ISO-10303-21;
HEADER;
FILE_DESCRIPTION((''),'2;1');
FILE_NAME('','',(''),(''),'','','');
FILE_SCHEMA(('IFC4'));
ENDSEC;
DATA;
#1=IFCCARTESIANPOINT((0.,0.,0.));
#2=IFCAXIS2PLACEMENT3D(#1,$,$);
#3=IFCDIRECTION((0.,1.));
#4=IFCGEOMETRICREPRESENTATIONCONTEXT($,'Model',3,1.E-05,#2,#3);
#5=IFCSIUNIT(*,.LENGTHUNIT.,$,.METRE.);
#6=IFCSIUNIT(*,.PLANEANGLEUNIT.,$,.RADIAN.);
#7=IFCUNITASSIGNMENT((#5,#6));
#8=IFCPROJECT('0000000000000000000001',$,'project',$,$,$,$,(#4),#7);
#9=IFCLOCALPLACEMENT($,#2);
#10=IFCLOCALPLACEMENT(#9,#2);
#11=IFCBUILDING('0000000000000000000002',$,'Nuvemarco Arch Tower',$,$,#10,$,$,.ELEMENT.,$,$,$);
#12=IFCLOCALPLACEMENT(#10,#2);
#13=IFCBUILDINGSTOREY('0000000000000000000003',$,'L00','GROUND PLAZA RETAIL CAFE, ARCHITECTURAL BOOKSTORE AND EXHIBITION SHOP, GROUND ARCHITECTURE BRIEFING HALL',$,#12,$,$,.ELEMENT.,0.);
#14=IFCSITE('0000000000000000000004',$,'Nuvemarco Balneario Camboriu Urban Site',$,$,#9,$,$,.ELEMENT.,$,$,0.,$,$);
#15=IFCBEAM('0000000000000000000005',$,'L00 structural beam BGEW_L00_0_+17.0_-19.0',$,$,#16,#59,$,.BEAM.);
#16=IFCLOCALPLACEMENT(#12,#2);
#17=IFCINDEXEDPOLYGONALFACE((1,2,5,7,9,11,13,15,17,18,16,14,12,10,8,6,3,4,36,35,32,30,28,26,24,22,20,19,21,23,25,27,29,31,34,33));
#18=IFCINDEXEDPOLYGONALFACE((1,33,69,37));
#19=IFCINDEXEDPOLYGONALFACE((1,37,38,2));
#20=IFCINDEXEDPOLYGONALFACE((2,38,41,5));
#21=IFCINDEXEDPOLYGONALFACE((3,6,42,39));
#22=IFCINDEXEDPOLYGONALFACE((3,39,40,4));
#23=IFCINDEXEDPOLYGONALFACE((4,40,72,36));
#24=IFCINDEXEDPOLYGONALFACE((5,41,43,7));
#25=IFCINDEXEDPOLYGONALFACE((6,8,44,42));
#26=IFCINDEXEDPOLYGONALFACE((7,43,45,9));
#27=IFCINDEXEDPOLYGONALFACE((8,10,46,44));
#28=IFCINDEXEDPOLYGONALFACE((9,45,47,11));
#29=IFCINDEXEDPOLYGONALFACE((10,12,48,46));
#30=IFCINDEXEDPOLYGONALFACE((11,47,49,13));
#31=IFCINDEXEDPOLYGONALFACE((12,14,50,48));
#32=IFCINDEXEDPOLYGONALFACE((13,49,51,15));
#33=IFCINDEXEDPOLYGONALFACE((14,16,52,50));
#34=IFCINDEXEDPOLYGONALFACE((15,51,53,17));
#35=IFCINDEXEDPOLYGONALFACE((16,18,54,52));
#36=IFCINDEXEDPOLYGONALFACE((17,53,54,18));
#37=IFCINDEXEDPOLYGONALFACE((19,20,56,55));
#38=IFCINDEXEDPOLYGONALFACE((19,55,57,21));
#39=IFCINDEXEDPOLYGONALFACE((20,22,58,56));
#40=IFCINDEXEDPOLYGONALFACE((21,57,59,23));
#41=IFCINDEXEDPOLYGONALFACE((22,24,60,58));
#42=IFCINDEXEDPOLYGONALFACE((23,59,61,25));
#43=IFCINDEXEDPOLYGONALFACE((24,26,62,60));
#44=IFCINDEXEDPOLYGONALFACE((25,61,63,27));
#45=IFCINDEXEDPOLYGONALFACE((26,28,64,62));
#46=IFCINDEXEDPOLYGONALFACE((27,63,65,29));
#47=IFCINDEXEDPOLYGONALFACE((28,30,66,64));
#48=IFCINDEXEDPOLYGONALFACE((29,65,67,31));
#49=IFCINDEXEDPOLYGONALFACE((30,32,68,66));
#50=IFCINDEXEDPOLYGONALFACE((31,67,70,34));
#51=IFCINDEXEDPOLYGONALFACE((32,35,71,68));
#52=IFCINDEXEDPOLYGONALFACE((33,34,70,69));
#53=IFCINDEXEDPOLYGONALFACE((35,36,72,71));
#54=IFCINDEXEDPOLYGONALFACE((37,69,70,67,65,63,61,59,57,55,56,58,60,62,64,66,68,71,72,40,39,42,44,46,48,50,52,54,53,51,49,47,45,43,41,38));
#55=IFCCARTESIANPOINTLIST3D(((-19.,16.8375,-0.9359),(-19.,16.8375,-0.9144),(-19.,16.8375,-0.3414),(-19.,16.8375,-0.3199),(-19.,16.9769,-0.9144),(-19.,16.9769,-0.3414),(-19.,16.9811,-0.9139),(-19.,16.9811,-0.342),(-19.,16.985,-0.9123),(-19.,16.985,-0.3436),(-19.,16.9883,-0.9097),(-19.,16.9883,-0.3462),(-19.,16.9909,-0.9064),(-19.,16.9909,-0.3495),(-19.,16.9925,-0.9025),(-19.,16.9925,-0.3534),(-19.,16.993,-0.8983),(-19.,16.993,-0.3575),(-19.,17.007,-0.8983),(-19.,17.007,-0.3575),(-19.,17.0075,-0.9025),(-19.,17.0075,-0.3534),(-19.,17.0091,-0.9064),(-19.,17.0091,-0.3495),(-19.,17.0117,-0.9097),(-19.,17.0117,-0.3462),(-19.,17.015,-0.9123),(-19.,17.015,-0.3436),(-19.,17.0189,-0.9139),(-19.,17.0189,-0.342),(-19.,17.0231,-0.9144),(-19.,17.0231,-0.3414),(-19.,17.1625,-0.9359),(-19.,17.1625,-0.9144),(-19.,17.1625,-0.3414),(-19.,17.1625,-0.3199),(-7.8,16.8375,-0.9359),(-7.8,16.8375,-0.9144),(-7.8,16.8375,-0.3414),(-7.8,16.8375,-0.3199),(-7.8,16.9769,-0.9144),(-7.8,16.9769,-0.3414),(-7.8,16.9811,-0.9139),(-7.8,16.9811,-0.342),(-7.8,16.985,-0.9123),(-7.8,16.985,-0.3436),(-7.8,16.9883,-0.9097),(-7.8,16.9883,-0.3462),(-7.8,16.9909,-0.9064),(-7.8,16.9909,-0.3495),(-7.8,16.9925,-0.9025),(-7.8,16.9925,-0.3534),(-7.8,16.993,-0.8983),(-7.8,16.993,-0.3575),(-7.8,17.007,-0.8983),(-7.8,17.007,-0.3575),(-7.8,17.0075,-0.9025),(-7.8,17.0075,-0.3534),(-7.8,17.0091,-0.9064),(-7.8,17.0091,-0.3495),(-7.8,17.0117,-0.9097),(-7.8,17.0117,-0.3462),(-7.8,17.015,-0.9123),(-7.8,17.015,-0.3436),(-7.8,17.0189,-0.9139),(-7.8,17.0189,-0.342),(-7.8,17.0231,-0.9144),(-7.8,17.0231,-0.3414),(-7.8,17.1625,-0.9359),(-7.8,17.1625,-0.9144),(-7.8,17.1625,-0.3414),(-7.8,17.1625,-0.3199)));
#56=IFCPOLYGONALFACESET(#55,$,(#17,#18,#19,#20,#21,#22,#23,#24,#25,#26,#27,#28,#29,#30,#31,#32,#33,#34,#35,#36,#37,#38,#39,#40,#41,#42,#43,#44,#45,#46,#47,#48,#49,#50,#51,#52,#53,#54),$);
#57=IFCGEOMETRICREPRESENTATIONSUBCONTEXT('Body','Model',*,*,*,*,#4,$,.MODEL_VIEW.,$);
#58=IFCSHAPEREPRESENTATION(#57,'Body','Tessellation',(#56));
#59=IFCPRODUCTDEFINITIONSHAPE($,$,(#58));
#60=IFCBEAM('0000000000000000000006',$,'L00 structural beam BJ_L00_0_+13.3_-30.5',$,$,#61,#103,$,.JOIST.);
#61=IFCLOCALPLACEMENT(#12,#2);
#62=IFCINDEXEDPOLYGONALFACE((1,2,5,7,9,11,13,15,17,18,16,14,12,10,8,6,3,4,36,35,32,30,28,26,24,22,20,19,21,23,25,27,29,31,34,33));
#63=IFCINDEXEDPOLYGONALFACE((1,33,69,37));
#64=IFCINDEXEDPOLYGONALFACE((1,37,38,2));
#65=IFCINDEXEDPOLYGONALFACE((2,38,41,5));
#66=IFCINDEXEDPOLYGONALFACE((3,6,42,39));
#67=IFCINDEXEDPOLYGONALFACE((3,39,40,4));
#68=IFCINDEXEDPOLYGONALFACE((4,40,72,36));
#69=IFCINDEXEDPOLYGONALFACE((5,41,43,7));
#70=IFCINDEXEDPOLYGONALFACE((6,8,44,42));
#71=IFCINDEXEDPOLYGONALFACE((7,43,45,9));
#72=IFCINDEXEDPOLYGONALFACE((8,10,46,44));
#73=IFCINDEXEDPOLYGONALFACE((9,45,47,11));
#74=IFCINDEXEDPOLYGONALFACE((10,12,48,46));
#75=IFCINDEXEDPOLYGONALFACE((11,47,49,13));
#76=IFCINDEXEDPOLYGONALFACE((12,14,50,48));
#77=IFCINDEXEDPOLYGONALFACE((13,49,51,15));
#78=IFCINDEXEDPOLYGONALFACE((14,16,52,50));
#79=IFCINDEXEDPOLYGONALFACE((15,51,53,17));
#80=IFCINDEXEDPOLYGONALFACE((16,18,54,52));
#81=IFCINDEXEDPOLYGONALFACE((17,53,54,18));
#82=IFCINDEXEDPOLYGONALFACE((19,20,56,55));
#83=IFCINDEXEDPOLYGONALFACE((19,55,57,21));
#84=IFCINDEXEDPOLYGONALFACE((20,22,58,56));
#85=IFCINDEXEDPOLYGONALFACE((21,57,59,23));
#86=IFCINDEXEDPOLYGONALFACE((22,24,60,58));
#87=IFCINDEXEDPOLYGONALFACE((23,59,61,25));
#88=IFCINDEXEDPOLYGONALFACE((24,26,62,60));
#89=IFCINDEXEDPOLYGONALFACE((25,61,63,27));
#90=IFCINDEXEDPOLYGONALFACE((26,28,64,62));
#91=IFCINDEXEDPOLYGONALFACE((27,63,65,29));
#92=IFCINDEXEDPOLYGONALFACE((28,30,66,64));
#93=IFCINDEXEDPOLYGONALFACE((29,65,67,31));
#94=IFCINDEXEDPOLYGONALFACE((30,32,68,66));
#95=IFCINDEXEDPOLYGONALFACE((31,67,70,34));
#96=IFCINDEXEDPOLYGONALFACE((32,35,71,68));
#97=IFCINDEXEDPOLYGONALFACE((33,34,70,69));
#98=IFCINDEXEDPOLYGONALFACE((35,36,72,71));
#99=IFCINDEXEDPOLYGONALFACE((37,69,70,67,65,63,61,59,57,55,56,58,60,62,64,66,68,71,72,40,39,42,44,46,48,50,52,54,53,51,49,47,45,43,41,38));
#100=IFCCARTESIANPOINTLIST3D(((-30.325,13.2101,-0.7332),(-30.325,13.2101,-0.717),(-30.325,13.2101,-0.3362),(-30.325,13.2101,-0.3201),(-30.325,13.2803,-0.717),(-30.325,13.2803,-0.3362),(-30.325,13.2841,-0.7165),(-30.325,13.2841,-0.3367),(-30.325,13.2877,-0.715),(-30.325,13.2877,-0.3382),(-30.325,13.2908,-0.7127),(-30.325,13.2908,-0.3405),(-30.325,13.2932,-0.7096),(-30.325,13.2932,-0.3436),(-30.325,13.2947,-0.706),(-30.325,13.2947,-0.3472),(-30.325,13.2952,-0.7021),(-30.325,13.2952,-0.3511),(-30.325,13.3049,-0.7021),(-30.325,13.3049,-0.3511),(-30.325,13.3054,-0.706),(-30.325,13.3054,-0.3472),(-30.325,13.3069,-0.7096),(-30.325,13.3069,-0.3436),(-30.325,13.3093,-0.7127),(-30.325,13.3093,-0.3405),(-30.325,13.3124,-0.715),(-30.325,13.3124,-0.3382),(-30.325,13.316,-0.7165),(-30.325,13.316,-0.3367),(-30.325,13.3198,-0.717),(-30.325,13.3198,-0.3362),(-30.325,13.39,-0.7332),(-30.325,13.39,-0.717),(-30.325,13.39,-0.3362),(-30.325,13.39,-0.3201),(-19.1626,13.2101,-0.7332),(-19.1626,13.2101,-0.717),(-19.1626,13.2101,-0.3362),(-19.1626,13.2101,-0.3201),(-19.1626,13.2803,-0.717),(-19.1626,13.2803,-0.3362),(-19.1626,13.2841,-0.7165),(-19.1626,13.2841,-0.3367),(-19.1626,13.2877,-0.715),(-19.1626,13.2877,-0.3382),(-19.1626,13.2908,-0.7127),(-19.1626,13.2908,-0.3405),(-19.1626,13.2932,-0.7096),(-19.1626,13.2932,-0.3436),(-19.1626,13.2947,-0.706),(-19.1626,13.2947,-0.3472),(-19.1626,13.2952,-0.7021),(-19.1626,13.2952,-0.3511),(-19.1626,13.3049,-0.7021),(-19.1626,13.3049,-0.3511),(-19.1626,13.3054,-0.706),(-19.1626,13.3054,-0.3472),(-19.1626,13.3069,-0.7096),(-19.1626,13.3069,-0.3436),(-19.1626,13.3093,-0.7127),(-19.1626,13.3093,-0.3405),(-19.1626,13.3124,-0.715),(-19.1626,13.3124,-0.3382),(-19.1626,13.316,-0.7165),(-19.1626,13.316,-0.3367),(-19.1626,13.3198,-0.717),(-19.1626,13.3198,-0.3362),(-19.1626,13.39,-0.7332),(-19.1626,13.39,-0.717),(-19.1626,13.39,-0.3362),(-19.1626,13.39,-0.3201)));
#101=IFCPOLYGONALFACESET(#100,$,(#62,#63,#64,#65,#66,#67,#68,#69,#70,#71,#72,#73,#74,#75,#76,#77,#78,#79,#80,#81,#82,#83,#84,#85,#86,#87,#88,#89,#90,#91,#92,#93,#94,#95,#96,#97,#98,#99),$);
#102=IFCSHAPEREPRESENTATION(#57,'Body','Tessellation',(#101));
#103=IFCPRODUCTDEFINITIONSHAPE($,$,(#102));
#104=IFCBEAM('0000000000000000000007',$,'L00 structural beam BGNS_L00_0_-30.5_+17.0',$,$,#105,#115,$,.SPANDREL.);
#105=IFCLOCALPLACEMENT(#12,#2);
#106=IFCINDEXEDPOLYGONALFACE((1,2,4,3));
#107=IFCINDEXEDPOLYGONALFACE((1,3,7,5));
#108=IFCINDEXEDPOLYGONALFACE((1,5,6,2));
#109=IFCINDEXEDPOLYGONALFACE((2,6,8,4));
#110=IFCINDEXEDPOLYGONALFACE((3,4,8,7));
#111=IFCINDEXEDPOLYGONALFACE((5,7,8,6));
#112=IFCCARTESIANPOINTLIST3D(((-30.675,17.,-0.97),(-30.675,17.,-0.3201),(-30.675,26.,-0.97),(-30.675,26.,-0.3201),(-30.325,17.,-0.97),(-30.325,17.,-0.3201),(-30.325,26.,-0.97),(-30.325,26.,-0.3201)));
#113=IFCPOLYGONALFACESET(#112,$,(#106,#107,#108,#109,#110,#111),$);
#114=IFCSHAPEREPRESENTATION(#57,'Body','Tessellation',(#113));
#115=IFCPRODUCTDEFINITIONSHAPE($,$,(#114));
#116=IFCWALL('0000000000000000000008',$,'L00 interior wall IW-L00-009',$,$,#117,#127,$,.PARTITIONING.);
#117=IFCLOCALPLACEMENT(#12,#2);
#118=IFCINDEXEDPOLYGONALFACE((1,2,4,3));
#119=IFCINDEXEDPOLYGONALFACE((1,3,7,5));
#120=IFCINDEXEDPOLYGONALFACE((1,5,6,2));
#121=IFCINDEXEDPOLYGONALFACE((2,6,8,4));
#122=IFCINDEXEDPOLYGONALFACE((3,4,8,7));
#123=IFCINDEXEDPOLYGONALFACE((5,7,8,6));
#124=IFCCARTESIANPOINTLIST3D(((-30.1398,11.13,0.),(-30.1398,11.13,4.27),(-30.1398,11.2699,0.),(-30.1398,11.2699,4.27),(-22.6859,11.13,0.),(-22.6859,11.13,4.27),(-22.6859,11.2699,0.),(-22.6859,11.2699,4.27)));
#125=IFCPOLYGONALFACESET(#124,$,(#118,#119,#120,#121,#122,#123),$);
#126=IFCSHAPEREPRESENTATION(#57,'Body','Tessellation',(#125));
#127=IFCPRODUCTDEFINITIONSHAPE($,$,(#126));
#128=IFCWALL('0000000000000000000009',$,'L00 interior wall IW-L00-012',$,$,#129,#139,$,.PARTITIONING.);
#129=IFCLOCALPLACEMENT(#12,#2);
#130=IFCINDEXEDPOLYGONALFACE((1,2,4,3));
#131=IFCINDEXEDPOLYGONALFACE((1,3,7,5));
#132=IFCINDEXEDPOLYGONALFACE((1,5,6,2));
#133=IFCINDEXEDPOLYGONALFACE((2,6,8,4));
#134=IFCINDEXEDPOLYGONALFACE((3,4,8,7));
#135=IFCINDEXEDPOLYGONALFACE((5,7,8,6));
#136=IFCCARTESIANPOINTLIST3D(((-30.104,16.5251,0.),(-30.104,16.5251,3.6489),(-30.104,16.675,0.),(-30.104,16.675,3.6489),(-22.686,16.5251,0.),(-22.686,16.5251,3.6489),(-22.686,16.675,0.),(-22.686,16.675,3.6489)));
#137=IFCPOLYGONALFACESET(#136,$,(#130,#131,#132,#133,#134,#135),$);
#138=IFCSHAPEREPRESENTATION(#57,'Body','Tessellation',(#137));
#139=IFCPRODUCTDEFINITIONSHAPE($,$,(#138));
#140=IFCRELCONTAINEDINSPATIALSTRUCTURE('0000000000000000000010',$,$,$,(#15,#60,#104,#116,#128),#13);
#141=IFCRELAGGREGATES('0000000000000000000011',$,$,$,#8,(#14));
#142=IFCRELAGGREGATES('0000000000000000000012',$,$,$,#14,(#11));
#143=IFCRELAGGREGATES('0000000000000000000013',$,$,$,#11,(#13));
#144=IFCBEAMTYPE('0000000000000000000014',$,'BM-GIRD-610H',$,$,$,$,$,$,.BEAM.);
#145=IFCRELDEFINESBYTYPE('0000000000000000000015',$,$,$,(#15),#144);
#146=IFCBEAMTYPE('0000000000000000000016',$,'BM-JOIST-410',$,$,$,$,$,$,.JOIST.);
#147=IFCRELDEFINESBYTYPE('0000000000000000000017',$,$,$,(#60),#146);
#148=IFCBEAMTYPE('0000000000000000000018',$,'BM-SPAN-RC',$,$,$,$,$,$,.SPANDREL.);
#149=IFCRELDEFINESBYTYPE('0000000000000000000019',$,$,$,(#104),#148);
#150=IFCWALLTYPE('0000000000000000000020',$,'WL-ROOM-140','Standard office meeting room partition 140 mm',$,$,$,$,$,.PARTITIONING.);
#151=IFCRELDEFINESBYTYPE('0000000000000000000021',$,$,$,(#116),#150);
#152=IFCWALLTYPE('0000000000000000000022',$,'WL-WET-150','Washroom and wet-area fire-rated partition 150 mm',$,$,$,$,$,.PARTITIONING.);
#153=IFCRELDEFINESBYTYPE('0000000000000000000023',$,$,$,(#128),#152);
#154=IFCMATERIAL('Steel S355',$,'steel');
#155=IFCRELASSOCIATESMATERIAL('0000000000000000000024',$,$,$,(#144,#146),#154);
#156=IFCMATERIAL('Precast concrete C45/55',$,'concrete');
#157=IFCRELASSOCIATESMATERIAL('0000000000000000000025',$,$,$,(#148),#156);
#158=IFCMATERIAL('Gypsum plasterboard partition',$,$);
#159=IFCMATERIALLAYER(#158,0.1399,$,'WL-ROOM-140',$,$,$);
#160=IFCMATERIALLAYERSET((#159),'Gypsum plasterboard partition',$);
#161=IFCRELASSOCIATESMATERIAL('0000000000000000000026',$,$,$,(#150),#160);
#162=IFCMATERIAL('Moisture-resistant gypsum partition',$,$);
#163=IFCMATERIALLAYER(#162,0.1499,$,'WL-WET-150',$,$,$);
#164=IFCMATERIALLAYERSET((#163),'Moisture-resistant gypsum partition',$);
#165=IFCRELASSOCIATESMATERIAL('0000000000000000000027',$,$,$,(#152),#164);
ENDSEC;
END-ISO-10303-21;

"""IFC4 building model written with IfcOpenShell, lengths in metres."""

from ifc_helpers import new_model, si_unit, direction, frame, frame_2d, origin, origin_2d, place, context, subcontext, project, spatial, rectangle, i_section, extrude, material, layer, layer_set, material_profile, profile_set, type_object, element, save


model = new_model("IFC4")

# Units and contexts
model_context = context("Model", 3, precision=1e-05, world=origin(), true_north=direction((0.0, 1.0)))
body_context = subcontext(model_context, "Body", "Model", "MODEL_VIEW")
ifc_project = project(units=[si_unit("LENGTHUNIT", "METRE"), si_unit("PLANEANGLEUNIT", "RADIAN")], contexts=[model_context])

# Site, building, storey
site_placement = place(None, origin())
site = spatial("IfcSite", under=ifc_project, at=site_placement, Name="Nuvemarco Balneario Camboriu Urban Site", CompositionType="ELEMENT", RefElevation=0.0)
building_placement = place(site_placement, origin())
building = spatial("IfcBuilding", under=site, at=building_placement, Name="Nuvemarco Arch Tower", CompositionType="ELEMENT")
storey_placement = place(building_placement, origin())
storey = spatial("IfcBuildingStorey", under=building, at=storey_placement, Name="L00", Description="GROUND PLAZA RETAIL CAFE, ARCHITECTURAL BOOKSTORE AND EXHIBITION SHOP, GROUND ARCHITECTURE BRIEFING HALL", CompositionType="ELEMENT", Elevation=0.0)

# Beams
ifc_material_1 = material(Name="Steel S355", Category="steel")
ifc_material_profile_1 = material_profile(ifc_material_1, i_section(OverallWidth=0.325, OverallDepth=0.616, WebThickness=0.0139, FlangeThickness=0.0215, FilletRadius=0.0161, at=origin_2d()), Name="W610x174")
ifc_profile_set_1 = profile_set([ifc_material_profile_1], Name="Steel S355")
beam_type_1 = type_object("IfcBeamType", Name="BM-GIRD-610H", PredefinedType="BEAM", material=ifc_profile_set_1)
beam_1_placement = place(storey_placement, frame((-19.0, 17.0, -0.6279), z_axis=(1.0, 0.0, 0.0), x_axis=(0.0, 1.0, 0.0)))
element("IfcBeam", 1, at=beam_1_placement, inside=storey, type_object=beam_type_1, Name="L00 structural beam BGEW_L00_0_+17.0_-19.0", PredefinedType="BEAM", context=body_context, shape_type="SweptSolid", body=[
    extrude(i_section(OverallWidth=0.325, OverallDepth=0.616, WebThickness=0.0139, FlangeThickness=0.0215, FilletRadius=0.0161, at=origin_2d()), origin(), (0.0, 0.0, 1.0), 11.2),
])
ifc_material_profile_2 = material_profile(ifc_material_1, i_section(OverallWidth=0.1799, OverallDepth=0.4131, WebThickness=0.0098, FlangeThickness=0.0161, FilletRadius=0.0149, at=origin_2d()), Name="W410x75")
ifc_profile_set_2 = profile_set([ifc_material_profile_2], Name="Steel S355")
beam_type_2 = type_object("IfcBeamType", Name="BM-JOIST-410", PredefinedType="JOIST", material=ifc_profile_set_2)
beam_2_placement = place(storey_placement, frame((-30.325, 13.3, -0.5266), z_axis=(1.0, 0.0, 0.0), x_axis=(0.0, 1.0, 0.0)))
element("IfcBeam", 2, at=beam_2_placement, inside=storey, type_object=beam_type_2, Name="L00 structural beam BJ_L00_0_+13.3_-30.5", PredefinedType="JOIST", context=body_context, shape_type="SweptSolid", body=[
    extrude(i_section(OverallWidth=0.1799, OverallDepth=0.4131, WebThickness=0.0098, FlangeThickness=0.0161, FilletRadius=0.0149, at=origin_2d()), origin(), (0.0, 0.0, 1.0), 11.1624),
])
ifc_material_2 = material(Name="Precast concrete C45/55", Category="concrete")
ifc_material_profile_3 = material_profile(ifc_material_2, rectangle(XDim=0.3501, YDim=0.6499, at=origin_2d()), Name="PC-SP-350x650")
ifc_profile_set_3 = profile_set([ifc_material_profile_3], Name="Precast concrete C45/55")
beam_type_3 = type_object("IfcBeamType", Name="BM-SPAN-RC", PredefinedType="SPANDREL", material=ifc_profile_set_3)
beam_3_placement = place(storey_placement, frame((-30.5, 17.0, -0.645), z_axis=(0.0, 1.0, 0.0), x_axis=(-1.0, 0.0, 0.0)))
element("IfcBeam", 3, at=beam_3_placement, inside=storey, type_object=beam_type_3, Name="L00 structural beam BGNS_L00_0_-30.5_+17.0", PredefinedType="SPANDREL", context=body_context, shape_type="SweptSolid", body=[
    extrude(rectangle(XDim=0.3501, YDim=0.6499, at=origin_2d()), origin(), (0.0, 0.0, 1.0), 9.0),
])

# Walls
ifc_material_3 = material(Name="Gypsum plasterboard partition")
ifc_layer_1 = layer(ifc_material_3, 0.1399, Name="WL-ROOM-140")
ifc_layer_set_1 = layer_set([ifc_layer_1], Name="Gypsum plasterboard partition")
wall_type_1 = type_object("IfcWallType", Name="WL-ROOM-140", Description="Standard office meeting room partition 140 mm", PredefinedType="PARTITIONING", material=ifc_layer_set_1)
wall_1_placement = place(storey_placement, frame((-30.1399, 11.2, 0.0), z_axis=(0.0, 0.0, 1.0), x_axis=(1.0, 0.0, 0.0)))
element("IfcWall", 4, at=wall_1_placement, inside=storey, type_object=wall_type_1, Name="L00 interior wall IW-L00-009", PredefinedType="PARTITIONING", context=body_context, shape_type="SweptSolid", body=[
    extrude(rectangle(XDim=7.4539, YDim=0.1399, at=frame_2d((3.7271, 0.0))), origin(), (0.0, 0.0, 1.0), 4.27),
])
ifc_material_4 = material(Name="Moisture-resistant gypsum partition")
ifc_layer_2 = layer(ifc_material_4, 0.1499, Name="WL-WET-150")
ifc_layer_set_2 = layer_set([ifc_layer_2], Name="Moisture-resistant gypsum partition")
wall_type_2 = type_object("IfcWallType", Name="WL-WET-150", Description="Washroom and wet-area fire-rated partition 150 mm", PredefinedType="PARTITIONING", material=ifc_layer_set_2)
wall_2_placement = place(storey_placement, frame((-30.104, 16.6001, 0.0), z_axis=(0.0, 0.0, 1.0), x_axis=(1.0, 0.0, 0.0)))
element("IfcWall", 5, at=wall_2_placement, inside=storey, type_object=wall_type_2, Name="L00 interior wall IW-L00-012", PredefinedType="PARTITIONING", context=body_context, shape_type="SweptSolid", body=[
    extrude(rectangle(XDim=7.418, YDim=0.1499, at=frame_2d((3.709, 0.0))), origin(), (0.0, 0.0, 1.0), 3.6489),
])

save(model, "model.ifc")
